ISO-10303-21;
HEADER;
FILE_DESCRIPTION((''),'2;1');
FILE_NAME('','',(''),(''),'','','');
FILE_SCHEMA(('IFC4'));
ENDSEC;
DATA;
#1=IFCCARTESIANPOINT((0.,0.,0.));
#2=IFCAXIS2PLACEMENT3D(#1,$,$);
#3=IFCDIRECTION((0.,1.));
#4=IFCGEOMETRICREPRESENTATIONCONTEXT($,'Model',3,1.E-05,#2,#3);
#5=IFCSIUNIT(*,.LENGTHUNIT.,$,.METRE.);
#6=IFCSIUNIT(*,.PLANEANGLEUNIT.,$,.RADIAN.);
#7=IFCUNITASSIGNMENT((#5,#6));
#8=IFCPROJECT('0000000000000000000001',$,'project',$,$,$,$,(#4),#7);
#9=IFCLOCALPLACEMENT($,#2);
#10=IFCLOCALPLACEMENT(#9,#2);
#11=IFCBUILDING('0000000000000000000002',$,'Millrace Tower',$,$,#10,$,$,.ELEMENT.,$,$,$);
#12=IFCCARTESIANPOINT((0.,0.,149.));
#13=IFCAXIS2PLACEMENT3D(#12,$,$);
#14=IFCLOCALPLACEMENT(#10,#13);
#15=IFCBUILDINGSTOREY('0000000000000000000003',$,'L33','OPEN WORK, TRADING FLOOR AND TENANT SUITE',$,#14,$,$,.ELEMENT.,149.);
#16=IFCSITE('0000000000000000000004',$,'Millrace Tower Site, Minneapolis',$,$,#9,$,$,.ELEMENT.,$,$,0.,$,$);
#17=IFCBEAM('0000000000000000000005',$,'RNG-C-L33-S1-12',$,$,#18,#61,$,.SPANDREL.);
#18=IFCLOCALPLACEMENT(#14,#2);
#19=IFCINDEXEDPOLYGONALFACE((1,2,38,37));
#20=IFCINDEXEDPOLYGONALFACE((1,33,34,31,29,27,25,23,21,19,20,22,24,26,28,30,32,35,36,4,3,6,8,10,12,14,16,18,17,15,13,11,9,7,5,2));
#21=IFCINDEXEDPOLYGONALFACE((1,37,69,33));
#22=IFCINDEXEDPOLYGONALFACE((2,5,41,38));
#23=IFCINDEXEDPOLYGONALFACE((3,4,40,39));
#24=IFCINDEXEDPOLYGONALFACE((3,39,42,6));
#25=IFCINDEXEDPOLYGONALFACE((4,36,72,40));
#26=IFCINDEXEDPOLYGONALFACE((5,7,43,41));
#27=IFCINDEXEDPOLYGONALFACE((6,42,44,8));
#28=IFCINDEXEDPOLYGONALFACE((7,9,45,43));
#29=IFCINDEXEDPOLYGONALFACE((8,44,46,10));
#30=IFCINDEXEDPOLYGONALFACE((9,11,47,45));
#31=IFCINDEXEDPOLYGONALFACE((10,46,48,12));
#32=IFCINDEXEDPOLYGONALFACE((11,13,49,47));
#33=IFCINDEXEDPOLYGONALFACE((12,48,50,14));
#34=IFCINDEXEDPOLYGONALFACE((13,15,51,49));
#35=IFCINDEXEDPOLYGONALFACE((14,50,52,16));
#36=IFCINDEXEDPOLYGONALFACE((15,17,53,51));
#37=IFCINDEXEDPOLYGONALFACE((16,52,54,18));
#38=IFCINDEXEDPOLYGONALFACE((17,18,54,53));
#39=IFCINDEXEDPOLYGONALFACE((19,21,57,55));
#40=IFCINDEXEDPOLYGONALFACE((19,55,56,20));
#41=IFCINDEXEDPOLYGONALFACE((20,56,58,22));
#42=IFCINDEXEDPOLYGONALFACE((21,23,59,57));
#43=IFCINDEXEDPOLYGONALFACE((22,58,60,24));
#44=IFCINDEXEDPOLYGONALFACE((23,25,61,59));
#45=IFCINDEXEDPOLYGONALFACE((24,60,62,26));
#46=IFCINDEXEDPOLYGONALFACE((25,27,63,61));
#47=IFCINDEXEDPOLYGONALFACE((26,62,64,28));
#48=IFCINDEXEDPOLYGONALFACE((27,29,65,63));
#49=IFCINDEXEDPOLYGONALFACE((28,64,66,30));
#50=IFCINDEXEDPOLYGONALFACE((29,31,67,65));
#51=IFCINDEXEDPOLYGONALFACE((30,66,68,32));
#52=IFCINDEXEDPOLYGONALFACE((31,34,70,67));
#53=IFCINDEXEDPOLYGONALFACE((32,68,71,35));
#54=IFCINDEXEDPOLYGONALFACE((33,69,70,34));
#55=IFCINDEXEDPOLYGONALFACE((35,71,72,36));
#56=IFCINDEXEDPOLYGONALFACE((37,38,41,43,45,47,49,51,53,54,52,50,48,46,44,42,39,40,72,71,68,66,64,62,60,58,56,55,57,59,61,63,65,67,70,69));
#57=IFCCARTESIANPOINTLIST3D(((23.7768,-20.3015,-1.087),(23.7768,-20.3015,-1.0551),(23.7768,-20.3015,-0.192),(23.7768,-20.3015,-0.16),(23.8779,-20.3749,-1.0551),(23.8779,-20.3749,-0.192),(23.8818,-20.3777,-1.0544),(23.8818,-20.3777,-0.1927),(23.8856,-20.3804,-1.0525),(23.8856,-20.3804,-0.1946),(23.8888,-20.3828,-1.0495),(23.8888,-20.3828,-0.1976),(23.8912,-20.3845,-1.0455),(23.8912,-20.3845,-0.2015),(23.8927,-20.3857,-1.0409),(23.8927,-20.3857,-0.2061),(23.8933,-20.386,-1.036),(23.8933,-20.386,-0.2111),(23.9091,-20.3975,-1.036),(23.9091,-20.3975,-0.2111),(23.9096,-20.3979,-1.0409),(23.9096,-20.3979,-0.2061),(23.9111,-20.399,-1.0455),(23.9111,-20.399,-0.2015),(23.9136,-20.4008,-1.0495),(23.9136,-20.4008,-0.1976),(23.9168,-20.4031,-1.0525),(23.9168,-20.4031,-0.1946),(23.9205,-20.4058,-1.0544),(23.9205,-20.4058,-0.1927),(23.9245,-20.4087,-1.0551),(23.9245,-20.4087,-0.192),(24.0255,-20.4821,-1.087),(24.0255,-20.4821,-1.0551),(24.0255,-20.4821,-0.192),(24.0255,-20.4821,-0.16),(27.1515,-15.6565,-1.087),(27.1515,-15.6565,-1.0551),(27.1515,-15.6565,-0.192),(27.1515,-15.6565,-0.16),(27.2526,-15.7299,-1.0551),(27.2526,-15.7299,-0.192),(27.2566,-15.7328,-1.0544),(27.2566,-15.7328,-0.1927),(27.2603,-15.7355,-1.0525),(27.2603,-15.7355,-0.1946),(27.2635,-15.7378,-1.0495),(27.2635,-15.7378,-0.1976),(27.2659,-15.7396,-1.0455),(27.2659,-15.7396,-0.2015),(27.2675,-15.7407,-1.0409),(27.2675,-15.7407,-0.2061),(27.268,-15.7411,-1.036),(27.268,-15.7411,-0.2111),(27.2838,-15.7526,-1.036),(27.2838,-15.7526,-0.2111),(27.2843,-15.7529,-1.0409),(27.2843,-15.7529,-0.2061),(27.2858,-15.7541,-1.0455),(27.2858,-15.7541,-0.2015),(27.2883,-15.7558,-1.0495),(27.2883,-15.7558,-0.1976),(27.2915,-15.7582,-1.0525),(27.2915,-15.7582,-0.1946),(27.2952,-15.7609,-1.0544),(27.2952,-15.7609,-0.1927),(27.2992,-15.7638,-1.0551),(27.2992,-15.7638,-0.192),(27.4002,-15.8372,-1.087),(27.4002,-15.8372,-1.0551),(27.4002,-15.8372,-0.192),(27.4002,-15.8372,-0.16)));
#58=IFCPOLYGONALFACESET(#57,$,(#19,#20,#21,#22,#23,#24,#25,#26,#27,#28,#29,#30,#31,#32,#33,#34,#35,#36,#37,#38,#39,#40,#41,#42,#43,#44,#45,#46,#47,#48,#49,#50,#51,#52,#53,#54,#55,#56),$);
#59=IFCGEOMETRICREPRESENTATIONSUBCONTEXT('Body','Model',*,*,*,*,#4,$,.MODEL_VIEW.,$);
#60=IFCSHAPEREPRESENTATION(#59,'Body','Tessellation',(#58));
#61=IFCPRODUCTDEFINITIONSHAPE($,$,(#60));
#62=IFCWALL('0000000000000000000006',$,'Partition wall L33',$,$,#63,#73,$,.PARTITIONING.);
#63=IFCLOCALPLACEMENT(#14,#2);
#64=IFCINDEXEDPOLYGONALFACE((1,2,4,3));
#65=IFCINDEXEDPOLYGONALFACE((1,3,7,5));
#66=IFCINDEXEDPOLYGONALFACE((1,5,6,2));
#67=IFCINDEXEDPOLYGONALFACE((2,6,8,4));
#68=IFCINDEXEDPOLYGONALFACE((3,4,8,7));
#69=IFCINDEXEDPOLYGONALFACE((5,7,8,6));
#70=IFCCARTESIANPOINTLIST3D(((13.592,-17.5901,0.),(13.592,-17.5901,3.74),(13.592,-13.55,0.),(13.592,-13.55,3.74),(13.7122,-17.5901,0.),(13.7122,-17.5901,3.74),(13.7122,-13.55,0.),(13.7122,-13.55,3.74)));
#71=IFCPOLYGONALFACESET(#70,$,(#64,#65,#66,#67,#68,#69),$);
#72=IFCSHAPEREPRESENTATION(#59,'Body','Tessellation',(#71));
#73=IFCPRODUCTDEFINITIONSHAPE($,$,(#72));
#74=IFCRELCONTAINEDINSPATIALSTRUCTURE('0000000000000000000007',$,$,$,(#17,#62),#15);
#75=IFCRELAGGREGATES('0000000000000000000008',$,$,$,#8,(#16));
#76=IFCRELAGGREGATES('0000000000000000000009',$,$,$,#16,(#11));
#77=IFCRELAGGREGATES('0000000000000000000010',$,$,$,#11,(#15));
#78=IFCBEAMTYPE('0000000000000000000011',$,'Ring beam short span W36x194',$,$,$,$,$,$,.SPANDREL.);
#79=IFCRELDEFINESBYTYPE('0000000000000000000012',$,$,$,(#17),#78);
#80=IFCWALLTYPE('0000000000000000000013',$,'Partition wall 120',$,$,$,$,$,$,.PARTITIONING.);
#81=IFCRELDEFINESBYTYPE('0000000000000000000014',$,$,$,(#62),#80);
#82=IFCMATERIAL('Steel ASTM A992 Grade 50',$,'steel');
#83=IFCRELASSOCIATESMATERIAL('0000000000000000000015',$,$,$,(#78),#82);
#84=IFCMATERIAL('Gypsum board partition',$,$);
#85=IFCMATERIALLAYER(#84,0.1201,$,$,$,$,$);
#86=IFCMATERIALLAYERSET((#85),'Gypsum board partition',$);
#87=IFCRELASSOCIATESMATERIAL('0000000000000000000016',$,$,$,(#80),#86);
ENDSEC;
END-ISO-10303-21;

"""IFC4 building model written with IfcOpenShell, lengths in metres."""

from ifc_helpers import new_model, si_unit, direction, frame, frame_2d, origin, origin_2d, place, context, subcontext, project, spatial, rectangle, i_section, extrude, material, layer, layer_set, material_profile, profile_set, type_object, element, save


model = new_model("IFC4")

# Units and contexts
model_context = context("Model", 3, precision=1e-05, world=origin(), true_north=direction((0.0, 1.0)))
body_context = subcontext(model_context, "Body", "Model", "MODEL_VIEW")
ifc_project = project(units=[si_unit("LENGTHUNIT", "METRE"), si_unit("PLANEANGLEUNIT", "RADIAN")], contexts=[model_context])

# Site, building, storey
site_placement = place(None, origin())
site = spatial("IfcSite", under=ifc_project, at=site_placement, Name="Millrace Tower Site, Minneapolis", CompositionType="ELEMENT", RefElevation=0.0)
building_placement = place(site_placement, origin())
building = spatial("IfcBuilding", under=site, at=building_placement, Name="Millrace Tower", CompositionType="ELEMENT")
storey_placement = place(building_placement, frame((0.0, 0.0, 149.0)))
storey = spatial("IfcBuildingStorey", under=building, at=storey_placement, Name="L33", Description="OPEN WORK, TRADING FLOOR AND TENANT SUITE", CompositionType="ELEMENT", Elevation=149.0)

# Beam
ifc_material_1 = material(Name="Steel ASTM A992 Grade 50", Category="steel")
ifc_material_profile_1 = material_profile(ifc_material_1, i_section(OverallWidth=0.3074, OverallDepth=0.927, WebThickness=0.0195, FlangeThickness=0.032, FilletRadius=0.019, at=origin_2d()))
ifc_profile_set_1 = profile_set([ifc_material_profile_1], Name="Steel ASTM A992 Grade 50")
beam_type_1 = type_object("IfcBeamType", Name="Ring beam short span W36x194", PredefinedType="SPANDREL", material=ifc_profile_set_1)
beam_1_placement = place(storey_placement, frame((27.2759, -15.7468, -0.6235), z_axis=(-0.58778, -0.809021, 0.0), x_axis=(0.809021, -0.58778, 0.0)))
element("IfcBeam", 1, at=beam_1_placement, inside=storey, type_object=beam_type_1, Name="RNG-C-L33-S1-12", PredefinedType="SPANDREL", context=body_context, shape_type="SweptSolid", body=[
    extrude(i_section(OverallWidth=0.3074, OverallDepth=0.927, WebThickness=0.0195, FlangeThickness=0.032, FilletRadius=0.019, at=origin_2d()), origin(), (0.0, 0.0, 1.0), 5.7415),
])

# Wall
ifc_material_2 = material(Name="Gypsum board partition")
ifc_layer_1 = layer(ifc_material_2, 0.1201)
ifc_layer_set_1 = layer_set([ifc_layer_1], Name="Gypsum board partition")
wall_type = type_object("IfcWallType", Name="Partition wall 120", PredefinedType="PARTITIONING", material=ifc_layer_set_1)
wall_placement = place(storey_placement, frame((13.6521, -17.5901, 0.0), z_axis=(0.0, 0.0, 1.0), x_axis=(0.0, 1.0, 0.0)))
element("IfcWall", 2, at=wall_placement, inside=storey, type_object=wall_type, Name="Partition wall L33", PredefinedType="PARTITIONING", context=body_context, shape_type="SweptSolid", body=[
    extrude(rectangle(XDim=4.04, YDim=0.1201, at=frame_2d((2.02, 0.0))), origin(), (0.0, 0.0, 1.0), 3.74),
])

save(model, "model.ifc")
